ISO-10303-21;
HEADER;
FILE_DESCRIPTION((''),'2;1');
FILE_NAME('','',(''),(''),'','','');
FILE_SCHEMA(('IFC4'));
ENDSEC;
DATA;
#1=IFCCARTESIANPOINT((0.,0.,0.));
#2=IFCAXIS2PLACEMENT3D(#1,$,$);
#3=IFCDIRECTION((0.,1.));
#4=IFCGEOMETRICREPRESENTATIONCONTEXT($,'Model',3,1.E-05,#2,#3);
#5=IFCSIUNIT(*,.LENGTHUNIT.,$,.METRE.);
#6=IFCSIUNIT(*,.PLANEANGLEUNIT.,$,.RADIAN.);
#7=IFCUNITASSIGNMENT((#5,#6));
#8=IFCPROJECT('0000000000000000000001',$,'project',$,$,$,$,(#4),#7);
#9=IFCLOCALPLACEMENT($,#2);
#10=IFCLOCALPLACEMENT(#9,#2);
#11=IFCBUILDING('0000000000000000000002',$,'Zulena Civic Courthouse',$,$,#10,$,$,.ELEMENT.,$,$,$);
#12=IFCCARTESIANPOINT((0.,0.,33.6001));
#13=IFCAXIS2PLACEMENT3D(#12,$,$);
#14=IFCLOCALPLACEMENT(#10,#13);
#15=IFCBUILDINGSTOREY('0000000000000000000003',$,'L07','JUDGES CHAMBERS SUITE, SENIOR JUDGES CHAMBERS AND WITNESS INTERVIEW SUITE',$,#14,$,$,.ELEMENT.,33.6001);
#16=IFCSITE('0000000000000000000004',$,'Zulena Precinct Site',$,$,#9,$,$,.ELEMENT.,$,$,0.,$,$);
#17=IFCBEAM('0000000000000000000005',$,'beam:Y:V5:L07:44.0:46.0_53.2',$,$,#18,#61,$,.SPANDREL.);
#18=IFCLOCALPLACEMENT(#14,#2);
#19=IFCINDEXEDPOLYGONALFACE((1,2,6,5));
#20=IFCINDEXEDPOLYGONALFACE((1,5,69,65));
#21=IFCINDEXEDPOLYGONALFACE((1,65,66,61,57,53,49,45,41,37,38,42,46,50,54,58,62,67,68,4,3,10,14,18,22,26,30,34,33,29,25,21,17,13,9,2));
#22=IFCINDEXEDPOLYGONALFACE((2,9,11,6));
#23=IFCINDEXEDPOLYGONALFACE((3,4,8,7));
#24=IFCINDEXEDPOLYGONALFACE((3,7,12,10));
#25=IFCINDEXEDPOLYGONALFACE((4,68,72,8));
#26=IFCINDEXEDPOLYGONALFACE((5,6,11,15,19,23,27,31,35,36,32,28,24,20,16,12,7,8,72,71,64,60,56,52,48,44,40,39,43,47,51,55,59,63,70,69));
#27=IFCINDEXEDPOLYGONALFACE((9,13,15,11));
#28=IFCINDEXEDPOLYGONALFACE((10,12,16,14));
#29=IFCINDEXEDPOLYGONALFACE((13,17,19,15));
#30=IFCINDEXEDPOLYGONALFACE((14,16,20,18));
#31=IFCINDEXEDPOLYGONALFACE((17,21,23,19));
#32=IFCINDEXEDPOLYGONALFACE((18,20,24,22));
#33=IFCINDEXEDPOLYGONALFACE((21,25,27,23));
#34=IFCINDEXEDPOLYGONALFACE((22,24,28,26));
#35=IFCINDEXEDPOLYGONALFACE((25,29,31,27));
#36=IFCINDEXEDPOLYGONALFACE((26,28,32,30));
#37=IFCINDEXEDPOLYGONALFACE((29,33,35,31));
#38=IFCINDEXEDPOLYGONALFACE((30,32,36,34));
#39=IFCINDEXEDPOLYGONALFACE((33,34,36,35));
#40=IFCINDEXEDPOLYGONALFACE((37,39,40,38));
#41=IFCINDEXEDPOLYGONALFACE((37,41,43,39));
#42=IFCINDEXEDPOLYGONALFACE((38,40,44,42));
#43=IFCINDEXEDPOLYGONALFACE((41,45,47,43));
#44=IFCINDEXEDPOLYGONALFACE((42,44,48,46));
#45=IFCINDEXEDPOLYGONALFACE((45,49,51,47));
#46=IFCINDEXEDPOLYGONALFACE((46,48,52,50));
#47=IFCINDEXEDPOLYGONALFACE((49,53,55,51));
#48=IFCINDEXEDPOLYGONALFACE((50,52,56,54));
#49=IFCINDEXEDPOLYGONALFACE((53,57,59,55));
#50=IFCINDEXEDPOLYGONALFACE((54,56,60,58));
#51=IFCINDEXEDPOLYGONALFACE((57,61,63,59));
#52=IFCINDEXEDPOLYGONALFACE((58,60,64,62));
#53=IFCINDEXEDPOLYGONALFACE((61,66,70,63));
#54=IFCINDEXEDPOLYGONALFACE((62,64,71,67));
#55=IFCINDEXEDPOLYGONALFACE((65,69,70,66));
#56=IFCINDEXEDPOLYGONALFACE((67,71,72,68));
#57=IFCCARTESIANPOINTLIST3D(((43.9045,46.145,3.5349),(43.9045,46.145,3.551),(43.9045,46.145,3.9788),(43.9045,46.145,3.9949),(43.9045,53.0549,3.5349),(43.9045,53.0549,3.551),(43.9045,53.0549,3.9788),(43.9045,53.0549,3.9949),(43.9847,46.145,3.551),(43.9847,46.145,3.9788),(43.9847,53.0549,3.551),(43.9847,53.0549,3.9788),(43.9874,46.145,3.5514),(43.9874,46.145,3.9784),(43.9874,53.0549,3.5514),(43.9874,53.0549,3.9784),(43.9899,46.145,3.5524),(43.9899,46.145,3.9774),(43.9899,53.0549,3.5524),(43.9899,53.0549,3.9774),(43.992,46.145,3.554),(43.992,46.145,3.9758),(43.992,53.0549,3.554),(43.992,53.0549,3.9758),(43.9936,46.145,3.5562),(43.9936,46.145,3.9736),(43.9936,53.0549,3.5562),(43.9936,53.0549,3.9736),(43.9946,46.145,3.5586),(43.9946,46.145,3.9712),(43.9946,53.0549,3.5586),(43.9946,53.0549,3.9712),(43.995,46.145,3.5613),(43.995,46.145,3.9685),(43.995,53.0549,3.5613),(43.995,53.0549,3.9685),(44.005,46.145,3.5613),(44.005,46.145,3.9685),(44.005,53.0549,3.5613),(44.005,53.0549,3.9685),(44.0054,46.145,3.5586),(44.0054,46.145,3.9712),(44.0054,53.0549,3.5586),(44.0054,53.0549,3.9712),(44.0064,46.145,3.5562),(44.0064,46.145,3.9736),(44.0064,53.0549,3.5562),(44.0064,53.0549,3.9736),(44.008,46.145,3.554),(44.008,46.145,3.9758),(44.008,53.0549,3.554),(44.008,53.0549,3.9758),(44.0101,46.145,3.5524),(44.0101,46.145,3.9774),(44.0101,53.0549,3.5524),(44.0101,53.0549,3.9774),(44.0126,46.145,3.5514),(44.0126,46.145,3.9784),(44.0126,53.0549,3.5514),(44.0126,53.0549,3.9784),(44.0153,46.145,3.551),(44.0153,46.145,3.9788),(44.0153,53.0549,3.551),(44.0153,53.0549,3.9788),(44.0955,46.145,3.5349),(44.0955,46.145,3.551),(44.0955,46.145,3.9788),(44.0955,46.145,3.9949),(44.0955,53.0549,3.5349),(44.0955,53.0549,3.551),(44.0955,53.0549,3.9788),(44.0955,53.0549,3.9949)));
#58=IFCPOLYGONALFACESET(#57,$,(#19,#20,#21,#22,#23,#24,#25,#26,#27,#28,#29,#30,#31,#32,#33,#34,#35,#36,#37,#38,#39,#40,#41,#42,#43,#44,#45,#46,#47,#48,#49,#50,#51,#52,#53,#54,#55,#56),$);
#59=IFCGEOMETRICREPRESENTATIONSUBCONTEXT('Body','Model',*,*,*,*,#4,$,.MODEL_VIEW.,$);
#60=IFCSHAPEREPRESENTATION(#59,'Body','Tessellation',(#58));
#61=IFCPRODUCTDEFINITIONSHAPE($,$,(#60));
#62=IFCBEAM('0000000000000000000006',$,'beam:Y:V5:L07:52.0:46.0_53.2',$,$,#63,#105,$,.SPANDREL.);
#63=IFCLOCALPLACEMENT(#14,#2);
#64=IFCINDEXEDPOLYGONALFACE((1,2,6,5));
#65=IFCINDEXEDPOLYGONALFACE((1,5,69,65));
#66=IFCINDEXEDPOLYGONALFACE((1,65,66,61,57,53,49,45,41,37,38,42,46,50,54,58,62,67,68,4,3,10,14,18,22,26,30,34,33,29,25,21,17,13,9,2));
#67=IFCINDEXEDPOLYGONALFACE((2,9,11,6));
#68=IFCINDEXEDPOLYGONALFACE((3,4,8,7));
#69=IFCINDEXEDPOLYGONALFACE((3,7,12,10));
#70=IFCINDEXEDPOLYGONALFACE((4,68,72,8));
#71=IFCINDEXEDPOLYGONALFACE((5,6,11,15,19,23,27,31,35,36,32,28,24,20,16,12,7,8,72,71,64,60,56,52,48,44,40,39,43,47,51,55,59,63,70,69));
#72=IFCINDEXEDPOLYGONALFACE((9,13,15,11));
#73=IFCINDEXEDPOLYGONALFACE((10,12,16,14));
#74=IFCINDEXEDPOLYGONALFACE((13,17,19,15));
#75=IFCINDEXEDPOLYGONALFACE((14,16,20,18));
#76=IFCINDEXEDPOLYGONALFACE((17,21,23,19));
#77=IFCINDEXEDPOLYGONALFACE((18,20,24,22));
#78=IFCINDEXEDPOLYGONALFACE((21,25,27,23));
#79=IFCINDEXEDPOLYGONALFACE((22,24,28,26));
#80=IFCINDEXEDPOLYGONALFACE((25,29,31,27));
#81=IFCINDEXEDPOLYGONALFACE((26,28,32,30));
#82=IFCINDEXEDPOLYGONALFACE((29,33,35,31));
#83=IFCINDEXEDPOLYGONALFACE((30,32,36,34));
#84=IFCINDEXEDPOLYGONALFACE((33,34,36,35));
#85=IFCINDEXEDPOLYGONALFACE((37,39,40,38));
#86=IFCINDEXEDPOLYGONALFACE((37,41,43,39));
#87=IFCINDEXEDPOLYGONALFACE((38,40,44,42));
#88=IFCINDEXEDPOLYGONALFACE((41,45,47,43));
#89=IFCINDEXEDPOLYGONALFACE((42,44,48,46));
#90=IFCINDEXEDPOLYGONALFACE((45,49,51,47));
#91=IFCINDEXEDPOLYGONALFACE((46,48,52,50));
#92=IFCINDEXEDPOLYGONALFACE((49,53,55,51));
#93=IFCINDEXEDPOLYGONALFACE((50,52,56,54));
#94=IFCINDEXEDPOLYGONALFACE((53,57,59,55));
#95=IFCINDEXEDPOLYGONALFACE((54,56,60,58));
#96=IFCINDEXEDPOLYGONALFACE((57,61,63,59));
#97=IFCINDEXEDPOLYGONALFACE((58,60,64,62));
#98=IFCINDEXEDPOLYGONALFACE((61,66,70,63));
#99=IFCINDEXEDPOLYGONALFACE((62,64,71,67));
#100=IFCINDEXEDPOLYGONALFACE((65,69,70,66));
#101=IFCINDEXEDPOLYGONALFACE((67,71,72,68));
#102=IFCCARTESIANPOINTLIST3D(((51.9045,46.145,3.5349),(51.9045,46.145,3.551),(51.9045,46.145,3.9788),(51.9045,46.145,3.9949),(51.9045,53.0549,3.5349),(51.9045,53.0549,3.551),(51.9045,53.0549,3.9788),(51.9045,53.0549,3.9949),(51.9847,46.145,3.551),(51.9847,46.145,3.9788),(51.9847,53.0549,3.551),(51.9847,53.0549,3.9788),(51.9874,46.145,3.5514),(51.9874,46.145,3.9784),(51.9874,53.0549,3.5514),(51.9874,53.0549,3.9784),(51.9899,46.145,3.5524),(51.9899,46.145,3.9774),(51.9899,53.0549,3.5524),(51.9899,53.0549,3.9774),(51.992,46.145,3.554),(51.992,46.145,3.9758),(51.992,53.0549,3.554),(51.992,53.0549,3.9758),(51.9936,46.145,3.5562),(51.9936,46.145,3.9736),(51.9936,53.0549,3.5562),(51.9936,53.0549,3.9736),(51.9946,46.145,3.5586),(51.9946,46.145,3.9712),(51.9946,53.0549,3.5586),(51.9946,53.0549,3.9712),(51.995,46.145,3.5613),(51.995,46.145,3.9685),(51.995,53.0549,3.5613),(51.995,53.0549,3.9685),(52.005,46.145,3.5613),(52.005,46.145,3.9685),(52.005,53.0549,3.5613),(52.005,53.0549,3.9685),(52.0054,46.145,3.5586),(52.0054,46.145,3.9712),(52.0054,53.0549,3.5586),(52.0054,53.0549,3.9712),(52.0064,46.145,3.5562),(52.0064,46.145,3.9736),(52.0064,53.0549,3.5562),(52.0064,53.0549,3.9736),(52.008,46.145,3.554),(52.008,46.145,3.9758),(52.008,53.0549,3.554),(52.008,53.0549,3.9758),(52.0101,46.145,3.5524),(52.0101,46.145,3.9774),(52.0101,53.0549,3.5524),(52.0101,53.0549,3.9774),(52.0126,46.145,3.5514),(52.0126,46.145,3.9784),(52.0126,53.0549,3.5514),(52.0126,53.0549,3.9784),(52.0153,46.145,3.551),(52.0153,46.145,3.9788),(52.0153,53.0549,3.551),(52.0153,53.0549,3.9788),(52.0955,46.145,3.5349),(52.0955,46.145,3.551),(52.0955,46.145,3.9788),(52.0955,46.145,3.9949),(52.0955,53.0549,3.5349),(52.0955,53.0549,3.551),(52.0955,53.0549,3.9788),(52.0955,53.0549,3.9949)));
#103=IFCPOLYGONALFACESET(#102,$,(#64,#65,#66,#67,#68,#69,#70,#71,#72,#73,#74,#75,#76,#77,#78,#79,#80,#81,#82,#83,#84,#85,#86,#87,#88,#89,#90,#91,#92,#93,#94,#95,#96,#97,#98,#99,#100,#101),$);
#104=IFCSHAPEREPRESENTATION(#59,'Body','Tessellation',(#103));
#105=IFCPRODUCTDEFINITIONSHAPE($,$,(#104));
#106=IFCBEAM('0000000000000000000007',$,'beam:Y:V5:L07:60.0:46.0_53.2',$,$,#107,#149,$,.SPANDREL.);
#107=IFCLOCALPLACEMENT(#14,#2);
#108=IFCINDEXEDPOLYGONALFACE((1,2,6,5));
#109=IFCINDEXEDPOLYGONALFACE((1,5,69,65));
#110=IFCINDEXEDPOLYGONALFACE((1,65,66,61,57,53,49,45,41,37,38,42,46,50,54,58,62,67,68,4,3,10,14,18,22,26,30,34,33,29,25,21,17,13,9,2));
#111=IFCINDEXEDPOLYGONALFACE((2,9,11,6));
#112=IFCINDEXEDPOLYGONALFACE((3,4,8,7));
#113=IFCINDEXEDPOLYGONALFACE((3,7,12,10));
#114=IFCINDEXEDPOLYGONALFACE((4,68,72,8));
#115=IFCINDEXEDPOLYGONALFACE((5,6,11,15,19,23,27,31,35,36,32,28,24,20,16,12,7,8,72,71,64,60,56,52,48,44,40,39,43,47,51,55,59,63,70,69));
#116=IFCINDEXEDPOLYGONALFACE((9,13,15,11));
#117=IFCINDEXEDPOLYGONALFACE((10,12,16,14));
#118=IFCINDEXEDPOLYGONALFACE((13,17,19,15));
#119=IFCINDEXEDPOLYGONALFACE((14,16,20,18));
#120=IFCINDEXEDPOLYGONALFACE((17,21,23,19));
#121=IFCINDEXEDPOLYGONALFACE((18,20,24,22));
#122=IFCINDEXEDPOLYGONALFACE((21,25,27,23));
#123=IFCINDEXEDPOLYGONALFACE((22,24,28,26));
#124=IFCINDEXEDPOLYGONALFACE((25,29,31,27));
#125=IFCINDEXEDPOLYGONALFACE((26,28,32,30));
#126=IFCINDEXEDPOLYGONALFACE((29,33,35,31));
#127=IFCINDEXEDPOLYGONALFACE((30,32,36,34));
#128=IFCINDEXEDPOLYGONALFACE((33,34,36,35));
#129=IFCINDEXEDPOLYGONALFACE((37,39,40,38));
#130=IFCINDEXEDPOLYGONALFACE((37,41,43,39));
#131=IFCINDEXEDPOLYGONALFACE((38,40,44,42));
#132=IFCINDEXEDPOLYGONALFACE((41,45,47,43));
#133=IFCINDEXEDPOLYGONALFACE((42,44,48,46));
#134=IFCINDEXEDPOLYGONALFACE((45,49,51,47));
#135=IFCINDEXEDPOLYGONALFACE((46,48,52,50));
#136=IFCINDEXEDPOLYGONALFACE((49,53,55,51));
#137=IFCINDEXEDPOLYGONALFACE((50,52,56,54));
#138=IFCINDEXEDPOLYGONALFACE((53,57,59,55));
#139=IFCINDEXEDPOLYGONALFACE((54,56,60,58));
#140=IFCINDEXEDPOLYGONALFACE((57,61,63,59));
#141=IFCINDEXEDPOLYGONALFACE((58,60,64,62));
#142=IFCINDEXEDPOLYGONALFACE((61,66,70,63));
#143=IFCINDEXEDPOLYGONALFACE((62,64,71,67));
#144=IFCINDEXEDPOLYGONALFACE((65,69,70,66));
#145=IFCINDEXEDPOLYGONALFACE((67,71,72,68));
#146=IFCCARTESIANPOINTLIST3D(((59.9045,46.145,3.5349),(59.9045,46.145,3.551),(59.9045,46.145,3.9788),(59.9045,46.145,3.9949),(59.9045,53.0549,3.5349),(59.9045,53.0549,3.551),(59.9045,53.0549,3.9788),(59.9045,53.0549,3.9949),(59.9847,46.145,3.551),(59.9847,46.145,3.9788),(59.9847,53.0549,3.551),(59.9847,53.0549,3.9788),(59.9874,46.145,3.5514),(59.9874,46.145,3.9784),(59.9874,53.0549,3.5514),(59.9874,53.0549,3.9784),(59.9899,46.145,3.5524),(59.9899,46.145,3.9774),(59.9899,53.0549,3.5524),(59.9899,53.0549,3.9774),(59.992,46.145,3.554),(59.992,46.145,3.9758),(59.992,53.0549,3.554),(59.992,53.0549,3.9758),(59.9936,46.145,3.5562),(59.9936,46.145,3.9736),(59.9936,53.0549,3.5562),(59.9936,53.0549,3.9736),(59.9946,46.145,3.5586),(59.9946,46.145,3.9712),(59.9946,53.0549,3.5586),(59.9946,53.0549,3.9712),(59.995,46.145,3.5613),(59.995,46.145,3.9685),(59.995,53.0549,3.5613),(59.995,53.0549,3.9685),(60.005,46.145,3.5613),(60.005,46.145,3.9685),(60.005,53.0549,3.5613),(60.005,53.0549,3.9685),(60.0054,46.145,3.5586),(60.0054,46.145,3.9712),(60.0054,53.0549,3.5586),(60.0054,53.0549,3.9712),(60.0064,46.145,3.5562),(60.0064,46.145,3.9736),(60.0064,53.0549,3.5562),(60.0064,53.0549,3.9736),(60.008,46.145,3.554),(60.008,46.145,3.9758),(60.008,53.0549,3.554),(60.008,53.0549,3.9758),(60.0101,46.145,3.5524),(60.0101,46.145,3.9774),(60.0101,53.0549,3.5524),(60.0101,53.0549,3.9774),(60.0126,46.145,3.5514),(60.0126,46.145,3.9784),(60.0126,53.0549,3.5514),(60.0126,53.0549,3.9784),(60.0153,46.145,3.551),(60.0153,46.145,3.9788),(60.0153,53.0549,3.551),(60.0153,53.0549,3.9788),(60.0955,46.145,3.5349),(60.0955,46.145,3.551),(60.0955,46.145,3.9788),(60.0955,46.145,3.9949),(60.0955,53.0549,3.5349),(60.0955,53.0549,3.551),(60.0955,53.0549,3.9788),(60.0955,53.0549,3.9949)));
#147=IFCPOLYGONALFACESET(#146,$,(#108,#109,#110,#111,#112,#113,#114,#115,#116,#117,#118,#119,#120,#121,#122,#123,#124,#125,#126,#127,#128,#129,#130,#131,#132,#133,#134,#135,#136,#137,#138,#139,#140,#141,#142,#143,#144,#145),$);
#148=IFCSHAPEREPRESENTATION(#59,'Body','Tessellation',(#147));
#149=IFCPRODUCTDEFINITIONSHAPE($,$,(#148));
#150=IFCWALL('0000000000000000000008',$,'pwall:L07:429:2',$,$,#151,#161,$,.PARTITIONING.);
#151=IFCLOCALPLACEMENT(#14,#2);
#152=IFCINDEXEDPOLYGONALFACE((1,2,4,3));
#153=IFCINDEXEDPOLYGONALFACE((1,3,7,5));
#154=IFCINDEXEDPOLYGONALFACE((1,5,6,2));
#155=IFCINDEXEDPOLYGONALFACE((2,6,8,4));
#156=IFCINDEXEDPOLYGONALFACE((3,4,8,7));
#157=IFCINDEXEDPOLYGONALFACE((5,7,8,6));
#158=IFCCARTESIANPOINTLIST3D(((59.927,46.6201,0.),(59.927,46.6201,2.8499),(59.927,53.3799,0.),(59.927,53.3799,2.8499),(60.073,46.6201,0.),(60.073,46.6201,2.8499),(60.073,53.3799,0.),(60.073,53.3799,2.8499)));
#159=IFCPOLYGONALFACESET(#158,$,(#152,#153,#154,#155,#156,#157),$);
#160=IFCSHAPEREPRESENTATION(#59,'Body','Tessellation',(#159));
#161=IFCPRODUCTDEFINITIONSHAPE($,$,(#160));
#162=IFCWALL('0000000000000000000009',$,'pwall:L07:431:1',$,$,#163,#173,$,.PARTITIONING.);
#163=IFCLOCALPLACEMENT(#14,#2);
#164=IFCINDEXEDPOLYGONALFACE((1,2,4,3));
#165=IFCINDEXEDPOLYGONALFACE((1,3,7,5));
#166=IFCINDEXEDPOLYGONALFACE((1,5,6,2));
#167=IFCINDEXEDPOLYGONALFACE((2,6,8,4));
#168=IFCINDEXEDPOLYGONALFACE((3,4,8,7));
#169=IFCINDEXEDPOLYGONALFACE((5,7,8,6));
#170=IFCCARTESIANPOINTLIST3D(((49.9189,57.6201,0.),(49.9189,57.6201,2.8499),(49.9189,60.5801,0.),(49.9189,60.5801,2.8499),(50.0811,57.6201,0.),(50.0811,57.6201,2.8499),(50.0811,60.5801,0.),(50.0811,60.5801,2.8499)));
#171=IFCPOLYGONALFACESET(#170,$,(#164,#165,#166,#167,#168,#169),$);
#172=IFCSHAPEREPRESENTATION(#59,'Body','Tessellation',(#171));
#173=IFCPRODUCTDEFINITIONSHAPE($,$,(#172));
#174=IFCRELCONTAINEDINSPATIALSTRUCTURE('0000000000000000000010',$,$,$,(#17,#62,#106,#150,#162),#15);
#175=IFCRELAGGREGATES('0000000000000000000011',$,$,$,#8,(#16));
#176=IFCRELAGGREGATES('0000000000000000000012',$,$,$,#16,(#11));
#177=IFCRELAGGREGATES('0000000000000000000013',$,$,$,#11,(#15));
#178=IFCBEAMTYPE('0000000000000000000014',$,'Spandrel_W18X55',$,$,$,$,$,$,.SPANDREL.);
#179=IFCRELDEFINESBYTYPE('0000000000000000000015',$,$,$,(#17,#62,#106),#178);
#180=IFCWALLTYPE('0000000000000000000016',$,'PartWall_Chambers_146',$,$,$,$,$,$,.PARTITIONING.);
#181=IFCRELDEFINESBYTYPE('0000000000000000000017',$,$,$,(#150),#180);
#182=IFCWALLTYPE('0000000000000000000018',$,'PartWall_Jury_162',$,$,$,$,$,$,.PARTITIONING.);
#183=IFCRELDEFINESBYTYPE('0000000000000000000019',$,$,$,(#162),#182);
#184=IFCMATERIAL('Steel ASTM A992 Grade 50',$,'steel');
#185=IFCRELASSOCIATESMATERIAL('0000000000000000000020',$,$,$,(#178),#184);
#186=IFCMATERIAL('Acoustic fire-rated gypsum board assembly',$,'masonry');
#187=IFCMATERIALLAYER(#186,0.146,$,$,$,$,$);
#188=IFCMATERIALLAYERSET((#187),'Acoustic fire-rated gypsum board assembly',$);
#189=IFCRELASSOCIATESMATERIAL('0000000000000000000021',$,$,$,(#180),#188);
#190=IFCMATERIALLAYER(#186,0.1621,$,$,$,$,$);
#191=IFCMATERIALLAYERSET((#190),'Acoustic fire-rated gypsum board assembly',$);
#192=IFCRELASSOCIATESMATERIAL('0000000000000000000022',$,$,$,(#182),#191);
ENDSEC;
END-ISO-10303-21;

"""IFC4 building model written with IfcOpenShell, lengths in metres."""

from ifc_helpers import new_model, si_unit, direction, frame, frame_2d, origin, origin_2d, place, context, subcontext, project, spatial, rectangle, i_section, extrude, material, layer, layer_set, material_profile, profile_set, type_object, element, save


model = new_model("IFC4")

# Units and contexts
model_context = context("Model", 3, precision=1e-05, world=origin(), true_north=direction((0.0, 1.0)))
body_context = subcontext(model_context, "Body", "Model", "MODEL_VIEW")
ifc_project = project(units=[si_unit("LENGTHUNIT", "METRE"), si_unit("PLANEANGLEUNIT", "RADIAN")], contexts=[model_context])

# Site, building, storey
site_placement = place(None, origin())
site = spatial("IfcSite", under=ifc_project, at=site_placement, Name="Zulena Precinct Site", CompositionType="ELEMENT", RefElevation=0.0)
building_placement = place(site_placement, origin())
building = spatial("IfcBuilding", under=site, at=building_placement, Name="Zulena Civic Courthouse", CompositionType="ELEMENT")
storey_placement = place(building_placement, frame((0.0, 0.0, 33.6001)))
storey = spatial("IfcBuildingStorey", under=building, at=storey_placement, Name="L07", Description="JUDGES CHAMBERS SUITE, SENIOR JUDGES CHAMBERS AND WITNESS INTERVIEW SUITE", CompositionType="ELEMENT", Elevation=33.6001)

# Shared definitions
ifc_material_1 = material(Name="Steel ASTM A992 Grade 50", Category="steel")

# Beams
ifc_material_profile_1 = material_profile(ifc_material_1, i_section(OverallWidth=0.1909, OverallDepth=0.46, WebThickness=0.01, FlangeThickness=0.0161, FilletRadius=0.0103, at=origin_2d()), Name="W18X55")
ifc_profile_set_1 = profile_set([ifc_material_profile_1], Name="Steel ASTM A992 Grade 50")
beam_type_1 = type_object("IfcBeamType", Name="Spandrel_W18X55", PredefinedType="SPANDREL", material=ifc_profile_set_1)
for number, where, z_axis, x_axis, name in (
    (1, (44.0, 46.145, 3.7649), (0.0, 1.0, 0.0), (-1.0, 0.0, 0.0), "beam:Y:V5:L07:44.0:46.0_53.2"),
    (2, (52.0, 46.145, 3.7649), (0.0, 1.0, 0.0), (-1.0, 0.0, 0.0), "beam:Y:V5:L07:52.0:46.0_53.2"),
    (3, (60.0, 46.145, 3.7649), (0.0, 1.0, 0.0), (-1.0, 0.0, 0.0), "beam:Y:V5:L07:60.0:46.0_53.2"),
):
    element("IfcBeam", number, at=place(storey_placement, frame(where, z_axis=z_axis, x_axis=x_axis)), inside=storey, type_object=beam_type_1, Name=name, PredefinedType="SPANDREL", context=body_context, shape_type="SweptSolid", body=[
        extrude(i_section(OverallWidth=0.1909, OverallDepth=0.46, WebThickness=0.01, FlangeThickness=0.0161, FilletRadius=0.0103, at=origin_2d()), origin(), (0.0, 0.0, 1.0), 6.9099),
    ])

# Walls
ifc_material_2 = material(Name="Acoustic fire-rated gypsum board assembly", Category="masonry")
ifc_layer_1 = layer(ifc_material_2, 0.146)
ifc_layer_set_1 = layer_set([ifc_layer_1], Name="Acoustic fire-rated gypsum board assembly")
wall_type_1 = type_object("IfcWallType", Name="PartWall_Chambers_146", PredefinedType="PARTITIONING", material=ifc_layer_set_1)
wall_1_placement = place(storey_placement, frame((60.0, 46.6201, 0.0), z_axis=(0.0, 0.0, 1.0), x_axis=(0.0, 1.0, 0.0)))
element("IfcWall", 4, at=wall_1_placement, inside=storey, type_object=wall_type_1, Name="pwall:L07:429:2", PredefinedType="PARTITIONING", context=body_context, shape_type="SweptSolid", body=[
    extrude(rectangle(XDim=6.7598, YDim=0.146, at=frame_2d((3.3799, 0.0))), origin(), (0.0, 0.0, 1.0), 2.8499),
])
ifc_layer_2 = layer(ifc_material_2, 0.1621)
ifc_layer_set_2 = layer_set([ifc_layer_2], Name="Acoustic fire-rated gypsum board assembly")
wall_type_2 = type_object("IfcWallType", Name="PartWall_Jury_162", PredefinedType="PARTITIONING", material=ifc_layer_set_2)
wall_2_placement = place(storey_placement, frame((50.0, 57.6201, 0.0), z_axis=(0.0, 0.0, 1.0), x_axis=(0.0, 1.0, 0.0)))
element("IfcWall", 5, at=wall_2_placement, inside=storey, type_object=wall_type_2, Name="pwall:L07:431:1", PredefinedType="PARTITIONING", context=body_context, shape_type="SweptSolid", body=[
    extrude(rectangle(XDim=2.96, YDim=0.1621, at=frame_2d((1.48, 0.0))), origin(), (0.0, 0.0, 1.0), 2.8499),
])

save(model, "model.ifc")
